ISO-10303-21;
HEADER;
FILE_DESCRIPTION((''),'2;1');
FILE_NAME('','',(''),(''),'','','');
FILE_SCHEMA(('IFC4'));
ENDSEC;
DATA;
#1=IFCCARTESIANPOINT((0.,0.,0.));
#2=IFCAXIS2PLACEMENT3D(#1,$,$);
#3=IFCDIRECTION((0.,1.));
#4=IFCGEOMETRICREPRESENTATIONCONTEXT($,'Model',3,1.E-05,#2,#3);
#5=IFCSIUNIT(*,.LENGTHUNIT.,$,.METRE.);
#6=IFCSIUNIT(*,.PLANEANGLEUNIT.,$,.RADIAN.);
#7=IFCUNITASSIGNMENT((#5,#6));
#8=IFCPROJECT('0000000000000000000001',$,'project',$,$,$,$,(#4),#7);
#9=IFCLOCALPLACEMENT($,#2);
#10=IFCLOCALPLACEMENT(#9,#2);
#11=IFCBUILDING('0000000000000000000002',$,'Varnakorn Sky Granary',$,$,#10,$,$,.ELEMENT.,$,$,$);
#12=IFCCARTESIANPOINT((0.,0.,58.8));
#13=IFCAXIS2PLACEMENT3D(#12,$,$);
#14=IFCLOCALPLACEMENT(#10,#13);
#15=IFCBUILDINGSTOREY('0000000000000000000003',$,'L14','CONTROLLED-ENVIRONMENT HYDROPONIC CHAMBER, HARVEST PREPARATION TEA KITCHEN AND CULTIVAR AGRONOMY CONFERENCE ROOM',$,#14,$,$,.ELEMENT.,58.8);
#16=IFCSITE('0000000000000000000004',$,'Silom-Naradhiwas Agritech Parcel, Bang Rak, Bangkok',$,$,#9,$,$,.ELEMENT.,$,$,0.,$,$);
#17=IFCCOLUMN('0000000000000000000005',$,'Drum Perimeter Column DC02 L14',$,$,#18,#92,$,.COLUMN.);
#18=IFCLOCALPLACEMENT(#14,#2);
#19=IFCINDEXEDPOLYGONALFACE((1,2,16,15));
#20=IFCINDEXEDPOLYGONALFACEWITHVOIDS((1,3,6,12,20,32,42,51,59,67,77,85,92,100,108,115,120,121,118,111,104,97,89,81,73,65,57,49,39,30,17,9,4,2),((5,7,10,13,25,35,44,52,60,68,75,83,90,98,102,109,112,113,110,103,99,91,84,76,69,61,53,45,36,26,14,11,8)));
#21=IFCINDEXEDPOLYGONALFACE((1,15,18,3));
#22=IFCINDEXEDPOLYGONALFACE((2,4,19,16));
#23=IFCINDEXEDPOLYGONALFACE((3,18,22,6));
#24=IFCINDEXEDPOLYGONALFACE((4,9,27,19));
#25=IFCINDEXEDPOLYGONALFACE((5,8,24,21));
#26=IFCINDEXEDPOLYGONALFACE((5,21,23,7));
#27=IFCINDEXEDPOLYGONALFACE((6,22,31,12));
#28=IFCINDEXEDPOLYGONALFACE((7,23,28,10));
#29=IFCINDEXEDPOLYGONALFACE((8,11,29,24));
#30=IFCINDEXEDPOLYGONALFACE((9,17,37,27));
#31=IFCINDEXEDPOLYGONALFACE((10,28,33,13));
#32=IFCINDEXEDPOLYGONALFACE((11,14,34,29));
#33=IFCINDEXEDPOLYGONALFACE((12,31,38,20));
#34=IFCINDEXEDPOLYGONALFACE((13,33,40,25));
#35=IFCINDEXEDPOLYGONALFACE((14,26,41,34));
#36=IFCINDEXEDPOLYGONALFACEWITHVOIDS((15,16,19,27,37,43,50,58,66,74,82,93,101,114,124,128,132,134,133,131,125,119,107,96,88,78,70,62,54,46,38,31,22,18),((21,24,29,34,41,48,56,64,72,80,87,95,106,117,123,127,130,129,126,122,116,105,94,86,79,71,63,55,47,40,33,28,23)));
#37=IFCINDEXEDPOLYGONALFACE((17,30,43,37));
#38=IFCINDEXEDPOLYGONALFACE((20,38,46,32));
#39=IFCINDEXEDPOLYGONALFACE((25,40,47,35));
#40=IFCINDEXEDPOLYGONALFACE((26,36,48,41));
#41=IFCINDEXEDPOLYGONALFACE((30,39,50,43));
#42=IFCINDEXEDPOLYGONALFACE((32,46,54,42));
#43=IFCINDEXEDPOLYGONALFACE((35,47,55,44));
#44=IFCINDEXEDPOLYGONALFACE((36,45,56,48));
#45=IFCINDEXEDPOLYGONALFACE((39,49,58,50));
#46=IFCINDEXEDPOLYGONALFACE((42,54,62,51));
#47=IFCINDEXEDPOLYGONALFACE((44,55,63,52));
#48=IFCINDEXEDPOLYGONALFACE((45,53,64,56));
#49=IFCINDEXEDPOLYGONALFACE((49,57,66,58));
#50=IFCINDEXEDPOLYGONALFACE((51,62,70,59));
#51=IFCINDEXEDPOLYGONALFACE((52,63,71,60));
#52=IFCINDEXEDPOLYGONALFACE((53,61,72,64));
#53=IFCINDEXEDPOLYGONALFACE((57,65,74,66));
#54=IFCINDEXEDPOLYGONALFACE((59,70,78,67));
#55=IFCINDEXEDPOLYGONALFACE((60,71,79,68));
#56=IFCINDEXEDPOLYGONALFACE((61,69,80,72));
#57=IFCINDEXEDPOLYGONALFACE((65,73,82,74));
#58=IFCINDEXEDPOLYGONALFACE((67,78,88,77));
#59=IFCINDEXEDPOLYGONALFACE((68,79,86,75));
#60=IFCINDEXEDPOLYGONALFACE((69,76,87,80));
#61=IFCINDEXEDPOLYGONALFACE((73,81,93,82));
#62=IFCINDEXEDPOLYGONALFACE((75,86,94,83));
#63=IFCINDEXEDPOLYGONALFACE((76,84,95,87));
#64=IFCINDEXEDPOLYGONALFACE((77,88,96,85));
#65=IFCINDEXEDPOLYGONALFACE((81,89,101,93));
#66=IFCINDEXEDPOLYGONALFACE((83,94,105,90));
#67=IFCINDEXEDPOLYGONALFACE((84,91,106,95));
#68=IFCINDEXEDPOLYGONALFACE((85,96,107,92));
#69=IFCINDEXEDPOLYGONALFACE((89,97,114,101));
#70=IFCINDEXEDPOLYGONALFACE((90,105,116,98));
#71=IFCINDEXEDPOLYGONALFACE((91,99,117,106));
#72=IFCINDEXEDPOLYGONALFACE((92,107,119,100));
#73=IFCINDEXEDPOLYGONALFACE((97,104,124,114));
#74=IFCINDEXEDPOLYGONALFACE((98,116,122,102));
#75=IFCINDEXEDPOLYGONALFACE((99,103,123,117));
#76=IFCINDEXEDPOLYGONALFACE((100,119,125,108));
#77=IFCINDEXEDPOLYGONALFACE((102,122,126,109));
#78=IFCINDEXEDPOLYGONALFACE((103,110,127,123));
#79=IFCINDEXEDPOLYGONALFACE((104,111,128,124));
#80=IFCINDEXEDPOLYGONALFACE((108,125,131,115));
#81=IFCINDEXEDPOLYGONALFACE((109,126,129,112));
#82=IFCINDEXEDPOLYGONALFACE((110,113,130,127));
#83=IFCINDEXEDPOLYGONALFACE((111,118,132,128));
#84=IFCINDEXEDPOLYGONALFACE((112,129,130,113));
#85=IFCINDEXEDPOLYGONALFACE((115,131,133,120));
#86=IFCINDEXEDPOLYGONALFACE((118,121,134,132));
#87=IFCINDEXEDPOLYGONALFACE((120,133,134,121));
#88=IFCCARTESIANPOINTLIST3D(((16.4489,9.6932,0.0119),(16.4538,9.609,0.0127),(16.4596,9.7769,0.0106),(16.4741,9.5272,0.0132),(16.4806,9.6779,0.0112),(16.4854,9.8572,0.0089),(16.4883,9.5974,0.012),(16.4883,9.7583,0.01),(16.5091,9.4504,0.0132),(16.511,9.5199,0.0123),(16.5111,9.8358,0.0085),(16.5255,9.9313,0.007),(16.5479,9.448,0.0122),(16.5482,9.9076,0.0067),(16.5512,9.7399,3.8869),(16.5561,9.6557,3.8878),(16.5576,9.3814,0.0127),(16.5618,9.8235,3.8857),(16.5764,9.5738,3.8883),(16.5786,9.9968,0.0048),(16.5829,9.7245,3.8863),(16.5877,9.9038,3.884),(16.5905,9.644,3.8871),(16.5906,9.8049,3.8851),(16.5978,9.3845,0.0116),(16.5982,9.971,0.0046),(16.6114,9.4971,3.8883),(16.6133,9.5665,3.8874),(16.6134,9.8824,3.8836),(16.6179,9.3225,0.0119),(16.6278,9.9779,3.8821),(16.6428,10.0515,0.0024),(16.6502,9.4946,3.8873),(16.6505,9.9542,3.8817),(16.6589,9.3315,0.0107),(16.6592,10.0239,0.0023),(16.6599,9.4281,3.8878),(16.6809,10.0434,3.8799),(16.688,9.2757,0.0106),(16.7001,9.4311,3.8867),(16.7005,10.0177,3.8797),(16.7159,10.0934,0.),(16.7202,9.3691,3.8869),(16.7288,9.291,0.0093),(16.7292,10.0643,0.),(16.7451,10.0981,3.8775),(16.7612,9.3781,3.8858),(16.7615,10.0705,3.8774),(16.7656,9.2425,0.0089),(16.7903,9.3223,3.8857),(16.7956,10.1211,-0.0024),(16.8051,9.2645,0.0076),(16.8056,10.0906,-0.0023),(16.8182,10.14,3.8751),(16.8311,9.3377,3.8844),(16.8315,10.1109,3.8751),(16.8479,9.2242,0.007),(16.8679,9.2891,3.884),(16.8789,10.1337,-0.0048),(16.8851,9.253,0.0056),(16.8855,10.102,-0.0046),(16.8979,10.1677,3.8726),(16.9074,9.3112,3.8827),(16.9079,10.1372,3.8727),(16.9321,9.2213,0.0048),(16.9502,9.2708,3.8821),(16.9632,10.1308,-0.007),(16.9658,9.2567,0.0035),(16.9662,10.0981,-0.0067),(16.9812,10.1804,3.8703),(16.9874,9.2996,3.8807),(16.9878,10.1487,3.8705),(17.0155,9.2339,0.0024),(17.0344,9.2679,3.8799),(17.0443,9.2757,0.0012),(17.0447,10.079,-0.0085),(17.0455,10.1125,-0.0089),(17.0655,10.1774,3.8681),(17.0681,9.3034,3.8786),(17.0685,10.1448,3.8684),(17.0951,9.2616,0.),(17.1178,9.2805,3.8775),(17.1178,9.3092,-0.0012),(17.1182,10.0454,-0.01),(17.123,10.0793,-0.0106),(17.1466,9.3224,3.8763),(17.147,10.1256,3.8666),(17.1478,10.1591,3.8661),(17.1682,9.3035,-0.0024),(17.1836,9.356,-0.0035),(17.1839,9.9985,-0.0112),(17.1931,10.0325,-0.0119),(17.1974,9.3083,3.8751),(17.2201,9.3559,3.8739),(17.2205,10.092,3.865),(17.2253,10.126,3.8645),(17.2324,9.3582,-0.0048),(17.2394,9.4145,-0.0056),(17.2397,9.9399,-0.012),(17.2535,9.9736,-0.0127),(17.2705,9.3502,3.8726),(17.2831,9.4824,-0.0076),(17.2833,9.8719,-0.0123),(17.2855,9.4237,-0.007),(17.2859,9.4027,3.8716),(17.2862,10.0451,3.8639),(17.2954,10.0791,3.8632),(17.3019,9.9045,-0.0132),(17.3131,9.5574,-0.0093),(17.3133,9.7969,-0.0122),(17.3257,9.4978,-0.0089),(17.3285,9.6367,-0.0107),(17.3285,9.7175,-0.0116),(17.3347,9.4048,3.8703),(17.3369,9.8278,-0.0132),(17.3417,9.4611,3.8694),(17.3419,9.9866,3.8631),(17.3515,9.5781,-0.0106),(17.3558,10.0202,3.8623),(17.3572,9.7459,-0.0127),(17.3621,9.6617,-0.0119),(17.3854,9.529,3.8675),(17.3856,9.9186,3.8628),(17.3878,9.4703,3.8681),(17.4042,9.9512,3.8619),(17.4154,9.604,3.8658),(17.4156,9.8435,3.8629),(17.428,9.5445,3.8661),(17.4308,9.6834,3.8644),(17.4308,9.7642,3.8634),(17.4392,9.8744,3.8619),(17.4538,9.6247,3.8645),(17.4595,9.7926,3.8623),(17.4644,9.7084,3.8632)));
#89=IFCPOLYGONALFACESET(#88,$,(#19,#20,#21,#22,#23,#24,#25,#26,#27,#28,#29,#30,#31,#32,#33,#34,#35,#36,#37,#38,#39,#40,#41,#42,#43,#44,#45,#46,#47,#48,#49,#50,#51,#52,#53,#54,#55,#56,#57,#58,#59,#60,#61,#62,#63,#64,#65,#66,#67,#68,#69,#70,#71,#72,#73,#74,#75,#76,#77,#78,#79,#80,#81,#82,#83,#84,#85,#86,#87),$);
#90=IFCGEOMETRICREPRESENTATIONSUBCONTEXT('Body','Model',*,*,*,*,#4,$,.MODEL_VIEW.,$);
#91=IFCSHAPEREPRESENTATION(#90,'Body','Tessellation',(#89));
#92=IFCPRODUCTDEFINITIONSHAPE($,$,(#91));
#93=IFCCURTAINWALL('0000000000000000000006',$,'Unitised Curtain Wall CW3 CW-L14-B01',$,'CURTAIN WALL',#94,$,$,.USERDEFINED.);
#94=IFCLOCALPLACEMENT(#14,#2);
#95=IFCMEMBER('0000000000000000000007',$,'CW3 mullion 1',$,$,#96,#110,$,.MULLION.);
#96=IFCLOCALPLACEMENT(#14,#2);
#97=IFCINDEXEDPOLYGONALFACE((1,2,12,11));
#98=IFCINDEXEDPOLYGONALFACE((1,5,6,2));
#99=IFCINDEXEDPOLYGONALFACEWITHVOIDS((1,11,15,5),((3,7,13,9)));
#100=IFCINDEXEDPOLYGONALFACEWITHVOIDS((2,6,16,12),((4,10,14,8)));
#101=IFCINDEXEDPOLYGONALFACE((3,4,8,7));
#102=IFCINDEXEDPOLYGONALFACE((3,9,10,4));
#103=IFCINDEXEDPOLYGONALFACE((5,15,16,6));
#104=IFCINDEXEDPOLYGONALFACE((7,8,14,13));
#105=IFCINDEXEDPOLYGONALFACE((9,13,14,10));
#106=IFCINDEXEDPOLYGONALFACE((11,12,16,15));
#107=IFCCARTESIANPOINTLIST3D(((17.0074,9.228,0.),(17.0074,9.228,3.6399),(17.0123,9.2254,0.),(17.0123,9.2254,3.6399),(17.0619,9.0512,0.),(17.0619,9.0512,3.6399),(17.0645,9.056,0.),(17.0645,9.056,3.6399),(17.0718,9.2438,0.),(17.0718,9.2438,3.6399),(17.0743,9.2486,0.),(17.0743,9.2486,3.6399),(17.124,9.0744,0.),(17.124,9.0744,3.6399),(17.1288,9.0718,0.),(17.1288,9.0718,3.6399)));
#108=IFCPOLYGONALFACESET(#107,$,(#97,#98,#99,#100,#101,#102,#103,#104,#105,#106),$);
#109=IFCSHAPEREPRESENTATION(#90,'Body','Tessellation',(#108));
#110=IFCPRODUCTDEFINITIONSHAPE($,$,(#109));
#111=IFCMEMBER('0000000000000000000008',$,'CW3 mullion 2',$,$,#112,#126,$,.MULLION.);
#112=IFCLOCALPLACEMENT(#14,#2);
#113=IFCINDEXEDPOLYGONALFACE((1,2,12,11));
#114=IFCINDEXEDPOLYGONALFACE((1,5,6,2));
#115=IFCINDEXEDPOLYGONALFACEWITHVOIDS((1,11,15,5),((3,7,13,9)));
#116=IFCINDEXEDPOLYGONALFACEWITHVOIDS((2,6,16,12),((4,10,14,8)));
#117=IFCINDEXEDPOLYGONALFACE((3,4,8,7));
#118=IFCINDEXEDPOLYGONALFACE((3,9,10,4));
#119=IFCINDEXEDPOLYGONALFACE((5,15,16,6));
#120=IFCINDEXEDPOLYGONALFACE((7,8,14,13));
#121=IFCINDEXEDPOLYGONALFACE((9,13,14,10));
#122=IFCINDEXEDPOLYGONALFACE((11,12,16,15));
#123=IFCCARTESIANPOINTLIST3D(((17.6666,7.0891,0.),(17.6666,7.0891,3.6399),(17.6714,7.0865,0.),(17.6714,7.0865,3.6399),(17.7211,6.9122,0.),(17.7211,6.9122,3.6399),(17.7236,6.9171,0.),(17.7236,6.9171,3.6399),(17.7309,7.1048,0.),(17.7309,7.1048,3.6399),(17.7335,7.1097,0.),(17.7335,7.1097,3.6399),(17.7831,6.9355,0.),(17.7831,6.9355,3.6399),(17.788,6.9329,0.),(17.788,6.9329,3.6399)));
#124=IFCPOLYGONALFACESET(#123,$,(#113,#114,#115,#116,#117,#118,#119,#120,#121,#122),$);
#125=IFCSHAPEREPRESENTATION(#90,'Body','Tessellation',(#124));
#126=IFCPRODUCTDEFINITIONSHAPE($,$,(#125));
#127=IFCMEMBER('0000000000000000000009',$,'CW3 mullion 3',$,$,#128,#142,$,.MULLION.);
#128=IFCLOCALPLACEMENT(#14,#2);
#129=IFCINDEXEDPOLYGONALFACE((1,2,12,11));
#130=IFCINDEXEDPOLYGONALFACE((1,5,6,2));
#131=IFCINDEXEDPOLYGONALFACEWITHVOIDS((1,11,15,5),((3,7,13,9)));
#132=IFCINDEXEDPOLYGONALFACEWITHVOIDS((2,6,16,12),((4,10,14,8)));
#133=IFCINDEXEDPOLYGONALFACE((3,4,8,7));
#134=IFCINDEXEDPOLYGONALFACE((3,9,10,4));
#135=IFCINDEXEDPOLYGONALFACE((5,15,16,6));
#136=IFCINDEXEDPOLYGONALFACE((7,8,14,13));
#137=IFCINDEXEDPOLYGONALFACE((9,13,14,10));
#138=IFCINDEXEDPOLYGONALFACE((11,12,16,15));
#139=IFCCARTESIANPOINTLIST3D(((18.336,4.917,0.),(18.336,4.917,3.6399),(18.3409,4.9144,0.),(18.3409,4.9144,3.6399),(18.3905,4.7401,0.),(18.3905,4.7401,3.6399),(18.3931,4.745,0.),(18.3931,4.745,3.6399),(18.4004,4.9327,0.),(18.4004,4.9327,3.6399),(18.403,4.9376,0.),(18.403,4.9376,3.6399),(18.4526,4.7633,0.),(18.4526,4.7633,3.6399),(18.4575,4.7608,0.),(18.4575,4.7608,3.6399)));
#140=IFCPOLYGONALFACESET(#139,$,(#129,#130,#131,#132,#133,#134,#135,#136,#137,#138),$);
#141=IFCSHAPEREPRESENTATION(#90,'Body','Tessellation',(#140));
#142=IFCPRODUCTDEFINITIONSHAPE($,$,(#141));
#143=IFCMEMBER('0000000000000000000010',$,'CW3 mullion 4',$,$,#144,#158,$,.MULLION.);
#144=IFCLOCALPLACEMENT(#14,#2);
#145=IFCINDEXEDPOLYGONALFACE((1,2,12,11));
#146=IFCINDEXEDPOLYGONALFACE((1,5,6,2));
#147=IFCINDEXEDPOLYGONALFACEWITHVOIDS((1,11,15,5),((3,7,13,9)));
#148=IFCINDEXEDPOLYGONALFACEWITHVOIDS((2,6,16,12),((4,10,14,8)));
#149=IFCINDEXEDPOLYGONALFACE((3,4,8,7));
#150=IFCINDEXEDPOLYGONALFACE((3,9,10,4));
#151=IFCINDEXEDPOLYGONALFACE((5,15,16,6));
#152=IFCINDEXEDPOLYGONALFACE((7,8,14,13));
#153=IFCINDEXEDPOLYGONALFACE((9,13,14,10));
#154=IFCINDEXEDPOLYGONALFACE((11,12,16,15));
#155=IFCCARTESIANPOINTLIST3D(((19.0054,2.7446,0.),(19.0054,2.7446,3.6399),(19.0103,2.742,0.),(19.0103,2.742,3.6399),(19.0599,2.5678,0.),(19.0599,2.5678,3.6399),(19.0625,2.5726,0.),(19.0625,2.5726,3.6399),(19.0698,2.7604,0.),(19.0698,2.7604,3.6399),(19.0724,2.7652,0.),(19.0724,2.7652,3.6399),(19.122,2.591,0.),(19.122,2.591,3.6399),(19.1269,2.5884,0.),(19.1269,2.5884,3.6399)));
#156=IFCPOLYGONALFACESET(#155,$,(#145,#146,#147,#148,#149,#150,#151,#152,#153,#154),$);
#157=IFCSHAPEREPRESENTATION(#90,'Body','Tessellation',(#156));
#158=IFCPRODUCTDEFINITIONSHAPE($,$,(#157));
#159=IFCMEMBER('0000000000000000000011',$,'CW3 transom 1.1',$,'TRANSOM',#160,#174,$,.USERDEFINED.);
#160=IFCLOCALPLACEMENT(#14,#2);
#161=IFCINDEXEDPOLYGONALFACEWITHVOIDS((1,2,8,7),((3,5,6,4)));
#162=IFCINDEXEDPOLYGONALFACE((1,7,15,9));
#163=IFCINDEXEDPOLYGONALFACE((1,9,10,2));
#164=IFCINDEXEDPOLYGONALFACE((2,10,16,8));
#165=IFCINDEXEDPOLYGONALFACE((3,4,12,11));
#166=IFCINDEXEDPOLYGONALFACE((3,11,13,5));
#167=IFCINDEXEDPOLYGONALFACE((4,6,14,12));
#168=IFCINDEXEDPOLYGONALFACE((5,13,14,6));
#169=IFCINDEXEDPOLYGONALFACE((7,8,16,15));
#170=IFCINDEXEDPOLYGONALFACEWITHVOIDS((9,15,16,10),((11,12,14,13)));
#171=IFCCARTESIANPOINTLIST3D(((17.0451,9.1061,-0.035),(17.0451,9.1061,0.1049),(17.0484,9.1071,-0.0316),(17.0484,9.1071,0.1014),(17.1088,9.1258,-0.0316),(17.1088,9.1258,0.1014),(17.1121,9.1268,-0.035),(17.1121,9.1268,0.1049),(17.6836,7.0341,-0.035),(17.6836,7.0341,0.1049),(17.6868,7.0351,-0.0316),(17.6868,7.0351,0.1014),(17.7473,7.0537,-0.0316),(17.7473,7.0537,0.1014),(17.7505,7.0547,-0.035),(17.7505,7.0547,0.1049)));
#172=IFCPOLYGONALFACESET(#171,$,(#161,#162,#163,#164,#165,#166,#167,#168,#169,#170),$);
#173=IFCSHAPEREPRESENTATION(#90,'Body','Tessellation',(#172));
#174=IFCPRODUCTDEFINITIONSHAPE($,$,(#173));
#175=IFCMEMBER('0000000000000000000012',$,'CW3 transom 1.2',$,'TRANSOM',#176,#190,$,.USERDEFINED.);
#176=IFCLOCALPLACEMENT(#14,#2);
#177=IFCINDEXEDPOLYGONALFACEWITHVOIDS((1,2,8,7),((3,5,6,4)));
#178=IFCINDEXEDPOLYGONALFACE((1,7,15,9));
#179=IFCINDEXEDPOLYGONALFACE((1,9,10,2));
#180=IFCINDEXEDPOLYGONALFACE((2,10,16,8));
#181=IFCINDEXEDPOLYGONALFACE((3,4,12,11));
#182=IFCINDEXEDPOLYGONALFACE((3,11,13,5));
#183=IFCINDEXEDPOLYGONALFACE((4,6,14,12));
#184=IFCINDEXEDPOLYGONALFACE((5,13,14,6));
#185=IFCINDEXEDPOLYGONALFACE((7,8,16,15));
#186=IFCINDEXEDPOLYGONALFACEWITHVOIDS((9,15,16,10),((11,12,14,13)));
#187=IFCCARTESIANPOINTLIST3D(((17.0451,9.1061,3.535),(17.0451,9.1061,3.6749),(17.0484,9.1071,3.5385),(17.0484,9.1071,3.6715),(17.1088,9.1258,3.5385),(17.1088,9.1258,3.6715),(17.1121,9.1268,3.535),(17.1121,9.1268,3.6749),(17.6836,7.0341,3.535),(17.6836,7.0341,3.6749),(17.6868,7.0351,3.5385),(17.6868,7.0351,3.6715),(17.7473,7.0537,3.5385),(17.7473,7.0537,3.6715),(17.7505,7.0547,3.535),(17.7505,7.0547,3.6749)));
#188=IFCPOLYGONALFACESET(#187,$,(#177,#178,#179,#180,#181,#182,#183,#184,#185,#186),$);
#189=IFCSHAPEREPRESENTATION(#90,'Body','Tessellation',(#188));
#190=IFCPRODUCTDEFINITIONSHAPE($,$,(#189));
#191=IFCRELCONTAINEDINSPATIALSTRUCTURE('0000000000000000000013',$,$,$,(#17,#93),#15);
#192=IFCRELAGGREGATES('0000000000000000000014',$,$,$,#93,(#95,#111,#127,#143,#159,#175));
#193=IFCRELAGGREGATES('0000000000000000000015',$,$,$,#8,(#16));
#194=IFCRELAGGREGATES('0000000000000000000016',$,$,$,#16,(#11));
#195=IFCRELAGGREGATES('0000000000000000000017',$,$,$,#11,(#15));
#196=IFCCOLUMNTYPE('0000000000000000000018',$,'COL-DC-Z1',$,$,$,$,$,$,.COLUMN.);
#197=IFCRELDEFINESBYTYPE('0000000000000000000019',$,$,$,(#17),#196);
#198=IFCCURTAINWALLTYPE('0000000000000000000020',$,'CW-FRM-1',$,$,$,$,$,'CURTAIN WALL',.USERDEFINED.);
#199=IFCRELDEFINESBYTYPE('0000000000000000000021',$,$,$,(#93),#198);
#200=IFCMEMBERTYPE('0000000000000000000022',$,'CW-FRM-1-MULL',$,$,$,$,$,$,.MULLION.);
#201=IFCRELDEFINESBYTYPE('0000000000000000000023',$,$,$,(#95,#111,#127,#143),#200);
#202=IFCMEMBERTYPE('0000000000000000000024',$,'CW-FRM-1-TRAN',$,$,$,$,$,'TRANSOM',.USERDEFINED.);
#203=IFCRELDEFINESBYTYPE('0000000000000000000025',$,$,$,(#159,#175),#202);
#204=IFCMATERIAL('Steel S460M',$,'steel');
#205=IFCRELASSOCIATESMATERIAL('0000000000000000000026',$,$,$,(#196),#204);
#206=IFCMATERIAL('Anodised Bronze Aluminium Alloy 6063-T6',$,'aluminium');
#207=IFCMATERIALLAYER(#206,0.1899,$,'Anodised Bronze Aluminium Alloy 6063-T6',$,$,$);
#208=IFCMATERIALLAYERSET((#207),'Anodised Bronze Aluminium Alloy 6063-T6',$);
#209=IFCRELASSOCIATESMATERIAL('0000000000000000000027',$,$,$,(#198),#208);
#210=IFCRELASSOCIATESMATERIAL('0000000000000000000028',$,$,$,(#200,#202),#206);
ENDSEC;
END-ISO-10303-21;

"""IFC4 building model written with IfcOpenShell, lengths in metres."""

from ifc_helpers import new_model, si_unit, direction, frame, origin, origin_2d, place, context, subcontext, project, spatial, hollow_rectangle, hollow_circle, extrude, material, layer, layer_set, material_profile, profile_set, type_object, element, aggregate, save


model = new_model("IFC4")

# Units and contexts
model_context = context("Model", 3, precision=1e-05, world=origin(), true_north=direction((0.0, 1.0)))
body_context = subcontext(model_context, "Body", "Model", "MODEL_VIEW")
ifc_project = project(units=[si_unit("LENGTHUNIT", "METRE"), si_unit("PLANEANGLEUNIT", "RADIAN")], contexts=[model_context])

# Site, building, storey
site_placement = place(None, origin())
site = spatial("IfcSite", under=ifc_project, at=site_placement, Name="Silom-Naradhiwas Agritech Parcel, Bang Rak, Bangkok", CompositionType="ELEMENT", RefElevation=0.0)
building_placement = place(site_placement, origin())
building = spatial("IfcBuilding", under=site, at=building_placement, Name="Varnakorn Sky Granary", CompositionType="ELEMENT")
storey_placement = place(building_placement, frame((0.0, 0.0, 58.8)))
storey = spatial("IfcBuildingStorey", under=building, at=storey_placement, Name="L14", Description="CONTROLLED-ENVIRONMENT HYDROPONIC CHAMBER, HARVEST PREPARATION TEA KITCHEN AND CULTIVAR AGRONOMY CONFERENCE ROOM", CompositionType="ELEMENT", Elevation=58.8)

# Column
ifc_material_1 = material(Name="Steel S460M", Category="steel")
ifc_material_profile_1 = material_profile(ifc_material_1, hollow_circle(Radius=0.457, WallThickness=0.032, at=origin_2d()), Name="CHS 914x32")
ifc_profile_set_1 = profile_set([ifc_material_profile_1], Name="Steel S460M")
column_type = type_object("IfcColumnType", Name="COL-DC-Z1", PredefinedType="COLUMN", material=ifc_profile_set_1)
column_placement = place(storey_placement, frame((16.9055, 9.6775, 0.0), z_axis=(0.026388, 0.012029, 0.999579), x_axis=(-0.414784, 0.90992, 0.0)))
element("IfcColumn", 1, at=column_placement, inside=storey, type_object=column_type, Name="Drum Perimeter Column DC02 L14", PredefinedType="COLUMN", context=body_context, shape_type="SweptSolid", body=[
    extrude(hollow_circle(Radius=0.457, WallThickness=0.032, at=origin_2d()), origin(), (0.0, 0.0, 1.0), 3.8767),
])

# Curtain wall, members
ifc_material_2 = material(Name="Anodised Bronze Aluminium Alloy 6063-T6", Category="aluminium")
ifc_layer_1 = layer(ifc_material_2, 0.1899, Name="Anodised Bronze Aluminium Alloy 6063-T6")
ifc_layer_set_1 = layer_set([ifc_layer_1], Name="Anodised Bronze Aluminium Alloy 6063-T6")
curtain_wall_type = type_object("IfcCurtainWallType", Name="CW-FRM-1", ElementType="CURTAIN WALL", PredefinedType="USERDEFINED", material=ifc_layer_set_1)
curtain_wall_placement = place(storey_placement, origin())
curtain_wall = element("IfcCurtainWall", 2, at=curtain_wall_placement, inside=storey, type_object=curtain_wall_type, Name="Unitised Curtain Wall CW3 CW-L14-B01", ObjectType="CURTAIN WALL", PredefinedType="USERDEFINED")
ifc_material_profile_2 = material_profile(ifc_material_2, hollow_rectangle(XDim=0.0701, YDim=0.1851, WallThickness=0.0039, at=origin_2d()), Name="ALU MULL 70x185")
ifc_profile_set_2 = profile_set([ifc_material_profile_2], Name="Anodised Bronze Aluminium Alloy 6063-T6")
member_type_1 = type_object("IfcMemberType", Name="CW-FRM-1-MULL", PredefinedType="MULLION", material=ifc_profile_set_2)
member_1_placement = place(storey_placement, frame((17.0681, 9.1499, 0.0), z_axis=(0.0, 0.0, 1.0), x_axis=(0.95565, 0.294505, 0.0)))
member_1 = element("IfcMember", 3, at=member_1_placement, type_object=member_type_1, Name="CW3 mullion 1", PredefinedType="MULLION", context=body_context, shape_type="SweptSolid", body=[
    extrude(hollow_rectangle(XDim=0.0701, YDim=0.1851, WallThickness=0.0039, at=origin_2d()), origin(), (0.0, 0.0, 1.0), 3.6399),
])
member_2_placement = place(storey_placement, frame((17.7273, 7.011, 0.0), z_axis=(0.0, 0.0, 1.0), x_axis=(0.95565, 0.294505, 0.0)))
member_2 = element("IfcMember", 4, at=member_2_placement, type_object=member_type_1, Name="CW3 mullion 2", PredefinedType="MULLION", context=body_context, shape_type="SweptSolid", body=[
    extrude(hollow_rectangle(XDim=0.0701, YDim=0.1851, WallThickness=0.0039, at=origin_2d()), origin(), (0.0, 0.0, 1.0), 3.6399),
])
member_3_placement = place(storey_placement, frame((18.3967, 4.8389, 0.0), z_axis=(0.0, 0.0, 1.0), x_axis=(0.95565, 0.294505, 0.0)))
member_3 = element("IfcMember", 5, at=member_3_placement, type_object=member_type_1, Name="CW3 mullion 3", PredefinedType="MULLION", context=body_context, shape_type="SweptSolid", body=[
    extrude(hollow_rectangle(XDim=0.0701, YDim=0.1851, WallThickness=0.0039, at=origin_2d()), origin(), (0.0, 0.0, 1.0), 3.6399),
])
member_4_placement = place(storey_placement, frame((19.0662, 2.6665, 0.0), z_axis=(0.0, 0.0, 1.0), x_axis=(0.95565, 0.294505, 0.0)))
member_4 = element("IfcMember", 6, at=member_4_placement, type_object=member_type_1, Name="CW3 mullion 4", PredefinedType="MULLION", context=body_context, shape_type="SweptSolid", body=[
    extrude(hollow_rectangle(XDim=0.0701, YDim=0.1851, WallThickness=0.0039, at=origin_2d()), origin(), (0.0, 0.0, 1.0), 3.6399),
])
ifc_material_profile_3 = material_profile(ifc_material_2, hollow_rectangle(XDim=0.0701, YDim=0.1399, WallThickness=0.0034, at=origin_2d()), Name="ALU TRAN 70x140")
ifc_profile_set_3 = profile_set([ifc_material_profile_3], Name="Anodised Bronze Aluminium Alloy 6063-T6")
member_type_2 = type_object("IfcMemberType", Name="CW-FRM-1-TRAN", ElementType="TRANSOM", PredefinedType="USERDEFINED", material=ifc_profile_set_3)
member_5_placement = place(storey_placement, frame((17.0786, 9.1165, 0.0349), z_axis=(0.294458, -0.955665, 0.0), x_axis=(0.955665, 0.294458, 0.0)))
member_5 = element("IfcMember", 7, at=member_5_placement, type_object=member_type_2, Name="CW3 transom 1.1", ObjectType="TRANSOM", PredefinedType="USERDEFINED", context=body_context, shape_type="SweptSolid", body=[
    extrude(hollow_rectangle(XDim=0.0701, YDim=0.1399, WallThickness=0.0034, at=origin_2d()), origin(), (0.0, 0.0, 1.0), 2.1682),
])
member_6_placement = place(storey_placement, frame((17.0786, 9.1165, 3.605), z_axis=(0.294458, -0.955665, 0.0), x_axis=(0.955665, 0.294458, 0.0)))
member_6 = element("IfcMember", 8, at=member_6_placement, type_object=member_type_2, Name="CW3 transom 1.2", ObjectType="TRANSOM", PredefinedType="USERDEFINED", context=body_context, shape_type="SweptSolid", body=[
    extrude(hollow_rectangle(XDim=0.0701, YDim=0.1399, WallThickness=0.0034, at=origin_2d()), origin(), (0.0, 0.0, 1.0), 2.1682),
])

aggregate(curtain_wall, [member_1, member_2, member_3, member_4, member_5, member_6])

save(model, "model.ifc")
